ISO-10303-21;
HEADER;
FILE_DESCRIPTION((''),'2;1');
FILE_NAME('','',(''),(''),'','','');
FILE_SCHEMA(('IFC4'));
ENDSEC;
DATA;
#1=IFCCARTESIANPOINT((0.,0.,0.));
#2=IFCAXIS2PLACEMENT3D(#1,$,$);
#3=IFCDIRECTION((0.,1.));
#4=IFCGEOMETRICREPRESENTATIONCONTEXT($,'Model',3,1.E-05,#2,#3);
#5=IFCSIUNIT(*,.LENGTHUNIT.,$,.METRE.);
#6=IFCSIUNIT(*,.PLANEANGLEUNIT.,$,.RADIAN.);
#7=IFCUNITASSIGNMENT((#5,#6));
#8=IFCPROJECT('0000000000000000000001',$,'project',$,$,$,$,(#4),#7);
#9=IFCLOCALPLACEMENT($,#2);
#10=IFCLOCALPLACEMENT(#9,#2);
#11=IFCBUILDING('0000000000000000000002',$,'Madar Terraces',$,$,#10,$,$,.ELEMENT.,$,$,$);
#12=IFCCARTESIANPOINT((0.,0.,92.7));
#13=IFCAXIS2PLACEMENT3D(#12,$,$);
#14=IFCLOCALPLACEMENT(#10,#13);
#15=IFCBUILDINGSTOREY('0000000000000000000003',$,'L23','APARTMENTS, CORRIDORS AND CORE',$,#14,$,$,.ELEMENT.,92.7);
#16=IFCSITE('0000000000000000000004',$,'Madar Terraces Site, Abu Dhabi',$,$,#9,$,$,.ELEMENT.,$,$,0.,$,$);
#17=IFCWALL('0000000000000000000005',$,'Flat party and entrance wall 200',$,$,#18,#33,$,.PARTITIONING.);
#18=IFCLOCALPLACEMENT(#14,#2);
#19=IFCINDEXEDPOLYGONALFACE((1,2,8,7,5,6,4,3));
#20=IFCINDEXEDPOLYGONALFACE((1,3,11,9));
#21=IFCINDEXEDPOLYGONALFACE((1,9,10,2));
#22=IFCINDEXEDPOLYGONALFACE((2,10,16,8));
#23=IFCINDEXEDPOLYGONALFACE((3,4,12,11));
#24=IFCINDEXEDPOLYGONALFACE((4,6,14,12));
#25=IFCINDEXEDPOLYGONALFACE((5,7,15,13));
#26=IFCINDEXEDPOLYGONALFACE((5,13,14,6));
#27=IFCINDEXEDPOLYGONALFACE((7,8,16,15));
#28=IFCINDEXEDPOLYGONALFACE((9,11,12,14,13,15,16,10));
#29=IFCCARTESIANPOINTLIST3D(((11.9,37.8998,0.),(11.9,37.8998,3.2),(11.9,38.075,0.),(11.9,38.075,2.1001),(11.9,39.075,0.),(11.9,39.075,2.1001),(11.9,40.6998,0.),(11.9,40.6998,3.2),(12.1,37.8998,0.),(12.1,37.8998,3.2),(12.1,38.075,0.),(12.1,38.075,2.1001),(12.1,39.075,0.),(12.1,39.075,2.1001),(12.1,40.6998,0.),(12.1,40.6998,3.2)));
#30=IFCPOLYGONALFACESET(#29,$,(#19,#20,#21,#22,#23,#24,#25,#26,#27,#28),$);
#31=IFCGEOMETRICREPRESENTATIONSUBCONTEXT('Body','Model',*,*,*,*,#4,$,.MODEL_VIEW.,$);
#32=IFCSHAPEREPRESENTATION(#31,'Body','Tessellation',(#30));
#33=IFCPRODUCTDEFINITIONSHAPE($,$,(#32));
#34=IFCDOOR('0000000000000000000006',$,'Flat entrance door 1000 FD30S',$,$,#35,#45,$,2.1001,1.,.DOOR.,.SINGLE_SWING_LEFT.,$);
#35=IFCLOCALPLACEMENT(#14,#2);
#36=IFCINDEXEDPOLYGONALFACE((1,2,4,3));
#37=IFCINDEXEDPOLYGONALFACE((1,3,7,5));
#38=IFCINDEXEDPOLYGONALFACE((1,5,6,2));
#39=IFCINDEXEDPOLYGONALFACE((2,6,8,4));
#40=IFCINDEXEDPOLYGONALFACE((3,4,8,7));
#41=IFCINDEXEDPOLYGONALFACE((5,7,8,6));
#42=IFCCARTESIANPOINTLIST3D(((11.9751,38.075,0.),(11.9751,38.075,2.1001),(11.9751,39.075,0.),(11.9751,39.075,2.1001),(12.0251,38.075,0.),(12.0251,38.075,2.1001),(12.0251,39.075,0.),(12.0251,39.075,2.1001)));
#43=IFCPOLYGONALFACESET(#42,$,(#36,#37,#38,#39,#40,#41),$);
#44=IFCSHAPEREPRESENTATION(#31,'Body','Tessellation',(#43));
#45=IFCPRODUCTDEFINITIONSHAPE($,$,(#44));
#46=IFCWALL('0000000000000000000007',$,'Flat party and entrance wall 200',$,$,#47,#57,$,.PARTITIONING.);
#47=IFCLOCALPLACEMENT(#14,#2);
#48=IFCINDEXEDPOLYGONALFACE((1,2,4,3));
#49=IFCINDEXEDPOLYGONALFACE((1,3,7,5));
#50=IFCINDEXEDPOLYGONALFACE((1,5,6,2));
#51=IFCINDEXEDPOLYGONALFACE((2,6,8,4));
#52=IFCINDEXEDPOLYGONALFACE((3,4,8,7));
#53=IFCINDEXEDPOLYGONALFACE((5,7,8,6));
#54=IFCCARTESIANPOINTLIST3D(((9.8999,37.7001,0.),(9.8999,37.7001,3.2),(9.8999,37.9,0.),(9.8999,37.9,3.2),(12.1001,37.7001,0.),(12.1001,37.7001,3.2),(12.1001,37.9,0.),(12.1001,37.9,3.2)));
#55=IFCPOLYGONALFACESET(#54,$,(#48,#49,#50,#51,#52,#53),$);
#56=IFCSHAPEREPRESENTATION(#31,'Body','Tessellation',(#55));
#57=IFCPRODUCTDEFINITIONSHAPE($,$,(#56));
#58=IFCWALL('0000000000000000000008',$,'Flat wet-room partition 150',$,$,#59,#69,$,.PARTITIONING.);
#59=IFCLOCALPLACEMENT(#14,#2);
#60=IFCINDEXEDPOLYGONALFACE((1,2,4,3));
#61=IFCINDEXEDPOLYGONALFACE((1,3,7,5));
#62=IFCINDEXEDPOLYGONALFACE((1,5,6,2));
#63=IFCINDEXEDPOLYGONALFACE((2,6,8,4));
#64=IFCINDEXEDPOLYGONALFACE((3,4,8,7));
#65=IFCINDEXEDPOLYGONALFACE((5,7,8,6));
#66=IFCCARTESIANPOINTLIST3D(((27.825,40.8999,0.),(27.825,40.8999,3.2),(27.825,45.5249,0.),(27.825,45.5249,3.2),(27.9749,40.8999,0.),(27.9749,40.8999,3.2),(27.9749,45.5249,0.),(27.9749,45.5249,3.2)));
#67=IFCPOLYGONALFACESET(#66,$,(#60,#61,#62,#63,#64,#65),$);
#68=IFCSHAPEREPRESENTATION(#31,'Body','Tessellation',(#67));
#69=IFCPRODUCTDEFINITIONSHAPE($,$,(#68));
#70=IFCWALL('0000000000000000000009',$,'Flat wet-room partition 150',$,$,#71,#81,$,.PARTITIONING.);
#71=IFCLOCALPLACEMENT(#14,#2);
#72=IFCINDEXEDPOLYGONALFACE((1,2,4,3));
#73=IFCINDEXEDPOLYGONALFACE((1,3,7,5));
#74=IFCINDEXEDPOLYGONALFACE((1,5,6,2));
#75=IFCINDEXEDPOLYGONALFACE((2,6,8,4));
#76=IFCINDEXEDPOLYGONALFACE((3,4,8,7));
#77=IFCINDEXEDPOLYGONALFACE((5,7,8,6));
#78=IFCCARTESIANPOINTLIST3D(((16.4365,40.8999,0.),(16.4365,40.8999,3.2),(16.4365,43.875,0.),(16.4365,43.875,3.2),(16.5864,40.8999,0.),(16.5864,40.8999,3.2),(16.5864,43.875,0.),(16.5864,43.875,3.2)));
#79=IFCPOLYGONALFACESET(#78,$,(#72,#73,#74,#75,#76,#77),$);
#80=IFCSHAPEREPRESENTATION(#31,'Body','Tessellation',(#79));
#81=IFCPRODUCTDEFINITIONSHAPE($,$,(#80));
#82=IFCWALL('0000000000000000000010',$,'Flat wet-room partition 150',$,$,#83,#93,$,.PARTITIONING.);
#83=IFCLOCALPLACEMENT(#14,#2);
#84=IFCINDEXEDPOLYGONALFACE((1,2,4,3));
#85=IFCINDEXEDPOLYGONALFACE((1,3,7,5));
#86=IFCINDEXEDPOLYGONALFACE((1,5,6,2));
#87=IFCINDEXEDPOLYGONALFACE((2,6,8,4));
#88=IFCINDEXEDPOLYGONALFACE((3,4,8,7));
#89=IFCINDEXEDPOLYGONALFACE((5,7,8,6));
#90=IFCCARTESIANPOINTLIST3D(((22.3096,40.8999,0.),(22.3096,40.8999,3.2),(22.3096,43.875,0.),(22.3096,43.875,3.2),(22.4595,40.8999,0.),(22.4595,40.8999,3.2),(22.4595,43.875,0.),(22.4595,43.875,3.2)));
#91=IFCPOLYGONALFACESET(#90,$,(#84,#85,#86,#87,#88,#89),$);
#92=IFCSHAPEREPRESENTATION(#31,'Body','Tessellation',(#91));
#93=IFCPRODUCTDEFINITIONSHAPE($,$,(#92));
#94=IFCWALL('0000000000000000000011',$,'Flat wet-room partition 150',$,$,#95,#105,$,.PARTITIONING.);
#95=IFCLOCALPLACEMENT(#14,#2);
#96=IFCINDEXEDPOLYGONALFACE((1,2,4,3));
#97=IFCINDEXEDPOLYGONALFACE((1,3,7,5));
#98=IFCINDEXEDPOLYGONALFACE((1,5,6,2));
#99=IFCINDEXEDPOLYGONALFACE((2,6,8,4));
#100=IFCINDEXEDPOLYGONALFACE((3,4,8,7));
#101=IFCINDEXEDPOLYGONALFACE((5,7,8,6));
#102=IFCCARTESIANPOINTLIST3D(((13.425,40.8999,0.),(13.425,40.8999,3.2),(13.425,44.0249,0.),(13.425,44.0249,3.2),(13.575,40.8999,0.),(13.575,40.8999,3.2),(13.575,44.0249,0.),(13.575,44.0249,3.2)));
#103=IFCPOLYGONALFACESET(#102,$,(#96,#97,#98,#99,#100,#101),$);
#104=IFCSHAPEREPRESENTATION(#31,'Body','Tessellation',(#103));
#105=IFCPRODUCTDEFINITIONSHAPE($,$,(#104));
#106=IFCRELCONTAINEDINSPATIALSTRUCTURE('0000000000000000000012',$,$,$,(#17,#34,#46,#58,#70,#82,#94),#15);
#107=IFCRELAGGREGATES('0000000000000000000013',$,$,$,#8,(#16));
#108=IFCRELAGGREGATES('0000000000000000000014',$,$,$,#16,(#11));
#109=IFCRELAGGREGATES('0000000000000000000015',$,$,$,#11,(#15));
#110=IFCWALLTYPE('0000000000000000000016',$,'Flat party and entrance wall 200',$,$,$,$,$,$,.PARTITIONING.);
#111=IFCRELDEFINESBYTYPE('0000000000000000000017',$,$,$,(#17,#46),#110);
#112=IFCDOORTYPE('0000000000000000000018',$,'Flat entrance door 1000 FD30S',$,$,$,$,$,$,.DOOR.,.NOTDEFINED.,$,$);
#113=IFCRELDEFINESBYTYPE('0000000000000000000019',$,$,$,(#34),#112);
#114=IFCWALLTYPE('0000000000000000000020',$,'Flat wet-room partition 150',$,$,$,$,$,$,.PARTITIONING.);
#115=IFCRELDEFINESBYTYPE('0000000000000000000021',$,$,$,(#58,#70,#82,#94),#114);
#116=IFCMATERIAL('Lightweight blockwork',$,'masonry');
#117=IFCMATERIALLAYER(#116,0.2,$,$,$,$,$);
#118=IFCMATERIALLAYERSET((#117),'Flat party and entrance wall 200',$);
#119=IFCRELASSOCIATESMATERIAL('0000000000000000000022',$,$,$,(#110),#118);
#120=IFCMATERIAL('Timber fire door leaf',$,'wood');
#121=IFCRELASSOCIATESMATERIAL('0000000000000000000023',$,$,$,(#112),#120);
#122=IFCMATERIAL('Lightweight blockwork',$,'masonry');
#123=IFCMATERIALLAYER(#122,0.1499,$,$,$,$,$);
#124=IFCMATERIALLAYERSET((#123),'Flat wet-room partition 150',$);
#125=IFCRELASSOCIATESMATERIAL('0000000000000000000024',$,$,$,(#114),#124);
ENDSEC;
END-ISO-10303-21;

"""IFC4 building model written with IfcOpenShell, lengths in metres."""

from ifc_helpers import new_model, si_unit, direction, frame, frame_2d, origin, place, context, subcontext, project, spatial, rectangle, extrude, material, layer, layer_set, type_object, element, fill, save


model = new_model("IFC4")

# Units and contexts
model_context = context("Model", 3, precision=1e-05, world=origin(), true_north=direction((0.0, 1.0)))
body_context = subcontext(model_context, "Body", "Model", "MODEL_VIEW")
ifc_project = project(units=[si_unit("LENGTHUNIT", "METRE"), si_unit("PLANEANGLEUNIT", "RADIAN")], contexts=[model_context])

# Site, building, storey
site_placement = place(None, origin())
site = spatial("IfcSite", under=ifc_project, at=site_placement, Name="Madar Terraces Site, Abu Dhabi", CompositionType="ELEMENT", RefElevation=0.0)
building_placement = place(site_placement, origin())
building = spatial("IfcBuilding", under=site, at=building_placement, Name="Madar Terraces", CompositionType="ELEMENT")
storey_placement = place(building_placement, frame((0.0, 0.0, 92.7)))
storey = spatial("IfcBuildingStorey", under=building, at=storey_placement, Name="L23", Description="APARTMENTS, CORRIDORS AND CORE", CompositionType="ELEMENT", Elevation=92.7)

# Wall, opening, door
ifc_material_1 = material(Name="Lightweight blockwork", Category="masonry")
ifc_layer_1 = layer(ifc_material_1, 0.2)
ifc_layer_set_1 = layer_set([ifc_layer_1], Name="Flat party and entrance wall 200")
wall_type_1 = type_object("IfcWallType", Name="Flat party and entrance wall 200", PredefinedType="PARTITIONING", material=ifc_layer_set_1)
wall_1_placement = place(storey_placement, frame((12.0, 37.8999, 0.0), z_axis=(0.0, 0.0, 1.0), x_axis=(0.0, 1.0, 0.0)))
wall_1 = element("IfcWall", 1, at=wall_1_placement, inside=storey, type_object=wall_type_1, Name="Flat party and entrance wall 200", PredefinedType="PARTITIONING", context=body_context, shape_type="SweptSolid", body=[
    extrude(rectangle(XDim=2.8, YDim=0.2, at=frame_2d((1.3999, 0.0))), origin(), (0.0, 0.0, 1.0), 3.2),
])
opening_1_placement = place(wall_1_placement, frame((0.175, 0.0, 0.0)))
opening_1 = element("IfcOpeningElement", 2, at=opening_1_placement, cuts=wall_1, PredefinedType="OPENING", context=body_context, shape_type="SweptSolid", body=[
    extrude(rectangle(XDim=1.0, YDim=2.1001, at=frame_2d((0.5, 1.05))), frame((0.0, 0.1099, 0.0), z_axis=(0.0, -1.0, 0.0), x_axis=(1.0, 0.0, 0.0)), (0.0, 0.0, 1.0), 0.22),
])
ifc_material_2 = material(Name="Timber fire door leaf", Category="wood")
door_type_1 = type_object("IfcDoorType", Name="Flat entrance door 1000 FD30S", OperationType="NOTDEFINED", PredefinedType="DOOR", material=ifc_material_2)
door_1_placement = place(opening_1_placement, origin())
door_1 = element("IfcDoor", 3, at=door_1_placement, inside=storey, type_object=door_type_1, Name="Flat entrance door 1000 FD30S", OperationType="SINGLE_SWING_LEFT", OverallHeight=2.1001, OverallWidth=1.0, PredefinedType="DOOR", context=body_context, shape_type="SweptSolid", body=[
    extrude(rectangle(XDim=1.0, YDim=2.1001, at=frame_2d((0.5, 1.05))), frame((0.0, 0.0249, 0.0), z_axis=(0.0, -1.0, 0.0), x_axis=(1.0, 0.0, 0.0)), (0.0, 0.0, 1.0), 0.05),
])
fill(opening_1, door_1)

# Walls
wall_2_placement = place(storey_placement, frame((12.1001, 37.8, 0.0), z_axis=(0.0, 0.0, 1.0), x_axis=(-1.0, 0.0, 0.0)))
element("IfcWall", 4, at=wall_2_placement, inside=storey, type_object=wall_type_1, Name="Flat party and entrance wall 200", PredefinedType="PARTITIONING", context=body_context, shape_type="SweptSolid", body=[
    extrude(rectangle(XDim=2.2002, YDim=0.2, at=frame_2d((1.1001, 0.0))), origin(), (0.0, 0.0, 1.0), 3.2),
])
ifc_material_3 = material(Name="Lightweight blockwork", Category="masonry")
ifc_layer_2 = layer(ifc_material_3, 0.1499)
ifc_layer_set_2 = layer_set([ifc_layer_2], Name="Flat wet-room partition 150")
wall_type_2 = type_object("IfcWallType", Name="Flat wet-room partition 150", PredefinedType="PARTITIONING", material=ifc_layer_set_2)
wall_3_placement = place(storey_placement, frame((27.8999, 40.8999, 0.0), z_axis=(0.0, 0.0, 1.0), x_axis=(0.0, 1.0, 0.0)))
element("IfcWall", 5, at=wall_3_placement, inside=storey, type_object=wall_type_2, Name="Flat wet-room partition 150", PredefinedType="PARTITIONING", context=body_context, shape_type="SweptSolid", body=[
    extrude(rectangle(XDim=4.625, YDim=0.1499, at=frame_2d((2.3125, 0.0))), origin(), (0.0, 0.0, 1.0), 3.2),
])
for number, where, z_axis, x_axis, name in (
    (6, (16.5115, 40.8999, 0.0), (0.0, 0.0, 1.0), (0.0, 1.0, 0.0), "Flat wet-room partition 150"),
    (7, (22.3845, 40.8999, 0.0), (0.0, 0.0, 1.0), (0.0, 1.0, 0.0), "Flat wet-room partition 150"),
):
    element("IfcWall", number, at=place(storey_placement, frame(where, z_axis=z_axis, x_axis=x_axis)), inside=storey, type_object=wall_type_2, Name=name, PredefinedType="PARTITIONING", context=body_context, shape_type="SweptSolid", body=[
        extrude(rectangle(XDim=2.9751, YDim=0.1499, at=frame_2d((1.4875, 0.0))), origin(), (0.0, 0.0, 1.0), 3.2),
    ])
wall_4_placement = place(storey_placement, frame((13.5, 40.8999, 0.0), z_axis=(0.0, 0.0, 1.0), x_axis=(0.0, 1.0, 0.0)))
element("IfcWall", 8, at=wall_4_placement, inside=storey, type_object=wall_type_2, Name="Flat wet-room partition 150", PredefinedType="PARTITIONING", context=body_context, shape_type="SweptSolid", body=[
    extrude(rectangle(XDim=3.125, YDim=0.1499, at=frame_2d((1.5625, 0.0))), origin(), (0.0, 0.0, 1.0), 3.2),
])

save(model, "model.ifc")
